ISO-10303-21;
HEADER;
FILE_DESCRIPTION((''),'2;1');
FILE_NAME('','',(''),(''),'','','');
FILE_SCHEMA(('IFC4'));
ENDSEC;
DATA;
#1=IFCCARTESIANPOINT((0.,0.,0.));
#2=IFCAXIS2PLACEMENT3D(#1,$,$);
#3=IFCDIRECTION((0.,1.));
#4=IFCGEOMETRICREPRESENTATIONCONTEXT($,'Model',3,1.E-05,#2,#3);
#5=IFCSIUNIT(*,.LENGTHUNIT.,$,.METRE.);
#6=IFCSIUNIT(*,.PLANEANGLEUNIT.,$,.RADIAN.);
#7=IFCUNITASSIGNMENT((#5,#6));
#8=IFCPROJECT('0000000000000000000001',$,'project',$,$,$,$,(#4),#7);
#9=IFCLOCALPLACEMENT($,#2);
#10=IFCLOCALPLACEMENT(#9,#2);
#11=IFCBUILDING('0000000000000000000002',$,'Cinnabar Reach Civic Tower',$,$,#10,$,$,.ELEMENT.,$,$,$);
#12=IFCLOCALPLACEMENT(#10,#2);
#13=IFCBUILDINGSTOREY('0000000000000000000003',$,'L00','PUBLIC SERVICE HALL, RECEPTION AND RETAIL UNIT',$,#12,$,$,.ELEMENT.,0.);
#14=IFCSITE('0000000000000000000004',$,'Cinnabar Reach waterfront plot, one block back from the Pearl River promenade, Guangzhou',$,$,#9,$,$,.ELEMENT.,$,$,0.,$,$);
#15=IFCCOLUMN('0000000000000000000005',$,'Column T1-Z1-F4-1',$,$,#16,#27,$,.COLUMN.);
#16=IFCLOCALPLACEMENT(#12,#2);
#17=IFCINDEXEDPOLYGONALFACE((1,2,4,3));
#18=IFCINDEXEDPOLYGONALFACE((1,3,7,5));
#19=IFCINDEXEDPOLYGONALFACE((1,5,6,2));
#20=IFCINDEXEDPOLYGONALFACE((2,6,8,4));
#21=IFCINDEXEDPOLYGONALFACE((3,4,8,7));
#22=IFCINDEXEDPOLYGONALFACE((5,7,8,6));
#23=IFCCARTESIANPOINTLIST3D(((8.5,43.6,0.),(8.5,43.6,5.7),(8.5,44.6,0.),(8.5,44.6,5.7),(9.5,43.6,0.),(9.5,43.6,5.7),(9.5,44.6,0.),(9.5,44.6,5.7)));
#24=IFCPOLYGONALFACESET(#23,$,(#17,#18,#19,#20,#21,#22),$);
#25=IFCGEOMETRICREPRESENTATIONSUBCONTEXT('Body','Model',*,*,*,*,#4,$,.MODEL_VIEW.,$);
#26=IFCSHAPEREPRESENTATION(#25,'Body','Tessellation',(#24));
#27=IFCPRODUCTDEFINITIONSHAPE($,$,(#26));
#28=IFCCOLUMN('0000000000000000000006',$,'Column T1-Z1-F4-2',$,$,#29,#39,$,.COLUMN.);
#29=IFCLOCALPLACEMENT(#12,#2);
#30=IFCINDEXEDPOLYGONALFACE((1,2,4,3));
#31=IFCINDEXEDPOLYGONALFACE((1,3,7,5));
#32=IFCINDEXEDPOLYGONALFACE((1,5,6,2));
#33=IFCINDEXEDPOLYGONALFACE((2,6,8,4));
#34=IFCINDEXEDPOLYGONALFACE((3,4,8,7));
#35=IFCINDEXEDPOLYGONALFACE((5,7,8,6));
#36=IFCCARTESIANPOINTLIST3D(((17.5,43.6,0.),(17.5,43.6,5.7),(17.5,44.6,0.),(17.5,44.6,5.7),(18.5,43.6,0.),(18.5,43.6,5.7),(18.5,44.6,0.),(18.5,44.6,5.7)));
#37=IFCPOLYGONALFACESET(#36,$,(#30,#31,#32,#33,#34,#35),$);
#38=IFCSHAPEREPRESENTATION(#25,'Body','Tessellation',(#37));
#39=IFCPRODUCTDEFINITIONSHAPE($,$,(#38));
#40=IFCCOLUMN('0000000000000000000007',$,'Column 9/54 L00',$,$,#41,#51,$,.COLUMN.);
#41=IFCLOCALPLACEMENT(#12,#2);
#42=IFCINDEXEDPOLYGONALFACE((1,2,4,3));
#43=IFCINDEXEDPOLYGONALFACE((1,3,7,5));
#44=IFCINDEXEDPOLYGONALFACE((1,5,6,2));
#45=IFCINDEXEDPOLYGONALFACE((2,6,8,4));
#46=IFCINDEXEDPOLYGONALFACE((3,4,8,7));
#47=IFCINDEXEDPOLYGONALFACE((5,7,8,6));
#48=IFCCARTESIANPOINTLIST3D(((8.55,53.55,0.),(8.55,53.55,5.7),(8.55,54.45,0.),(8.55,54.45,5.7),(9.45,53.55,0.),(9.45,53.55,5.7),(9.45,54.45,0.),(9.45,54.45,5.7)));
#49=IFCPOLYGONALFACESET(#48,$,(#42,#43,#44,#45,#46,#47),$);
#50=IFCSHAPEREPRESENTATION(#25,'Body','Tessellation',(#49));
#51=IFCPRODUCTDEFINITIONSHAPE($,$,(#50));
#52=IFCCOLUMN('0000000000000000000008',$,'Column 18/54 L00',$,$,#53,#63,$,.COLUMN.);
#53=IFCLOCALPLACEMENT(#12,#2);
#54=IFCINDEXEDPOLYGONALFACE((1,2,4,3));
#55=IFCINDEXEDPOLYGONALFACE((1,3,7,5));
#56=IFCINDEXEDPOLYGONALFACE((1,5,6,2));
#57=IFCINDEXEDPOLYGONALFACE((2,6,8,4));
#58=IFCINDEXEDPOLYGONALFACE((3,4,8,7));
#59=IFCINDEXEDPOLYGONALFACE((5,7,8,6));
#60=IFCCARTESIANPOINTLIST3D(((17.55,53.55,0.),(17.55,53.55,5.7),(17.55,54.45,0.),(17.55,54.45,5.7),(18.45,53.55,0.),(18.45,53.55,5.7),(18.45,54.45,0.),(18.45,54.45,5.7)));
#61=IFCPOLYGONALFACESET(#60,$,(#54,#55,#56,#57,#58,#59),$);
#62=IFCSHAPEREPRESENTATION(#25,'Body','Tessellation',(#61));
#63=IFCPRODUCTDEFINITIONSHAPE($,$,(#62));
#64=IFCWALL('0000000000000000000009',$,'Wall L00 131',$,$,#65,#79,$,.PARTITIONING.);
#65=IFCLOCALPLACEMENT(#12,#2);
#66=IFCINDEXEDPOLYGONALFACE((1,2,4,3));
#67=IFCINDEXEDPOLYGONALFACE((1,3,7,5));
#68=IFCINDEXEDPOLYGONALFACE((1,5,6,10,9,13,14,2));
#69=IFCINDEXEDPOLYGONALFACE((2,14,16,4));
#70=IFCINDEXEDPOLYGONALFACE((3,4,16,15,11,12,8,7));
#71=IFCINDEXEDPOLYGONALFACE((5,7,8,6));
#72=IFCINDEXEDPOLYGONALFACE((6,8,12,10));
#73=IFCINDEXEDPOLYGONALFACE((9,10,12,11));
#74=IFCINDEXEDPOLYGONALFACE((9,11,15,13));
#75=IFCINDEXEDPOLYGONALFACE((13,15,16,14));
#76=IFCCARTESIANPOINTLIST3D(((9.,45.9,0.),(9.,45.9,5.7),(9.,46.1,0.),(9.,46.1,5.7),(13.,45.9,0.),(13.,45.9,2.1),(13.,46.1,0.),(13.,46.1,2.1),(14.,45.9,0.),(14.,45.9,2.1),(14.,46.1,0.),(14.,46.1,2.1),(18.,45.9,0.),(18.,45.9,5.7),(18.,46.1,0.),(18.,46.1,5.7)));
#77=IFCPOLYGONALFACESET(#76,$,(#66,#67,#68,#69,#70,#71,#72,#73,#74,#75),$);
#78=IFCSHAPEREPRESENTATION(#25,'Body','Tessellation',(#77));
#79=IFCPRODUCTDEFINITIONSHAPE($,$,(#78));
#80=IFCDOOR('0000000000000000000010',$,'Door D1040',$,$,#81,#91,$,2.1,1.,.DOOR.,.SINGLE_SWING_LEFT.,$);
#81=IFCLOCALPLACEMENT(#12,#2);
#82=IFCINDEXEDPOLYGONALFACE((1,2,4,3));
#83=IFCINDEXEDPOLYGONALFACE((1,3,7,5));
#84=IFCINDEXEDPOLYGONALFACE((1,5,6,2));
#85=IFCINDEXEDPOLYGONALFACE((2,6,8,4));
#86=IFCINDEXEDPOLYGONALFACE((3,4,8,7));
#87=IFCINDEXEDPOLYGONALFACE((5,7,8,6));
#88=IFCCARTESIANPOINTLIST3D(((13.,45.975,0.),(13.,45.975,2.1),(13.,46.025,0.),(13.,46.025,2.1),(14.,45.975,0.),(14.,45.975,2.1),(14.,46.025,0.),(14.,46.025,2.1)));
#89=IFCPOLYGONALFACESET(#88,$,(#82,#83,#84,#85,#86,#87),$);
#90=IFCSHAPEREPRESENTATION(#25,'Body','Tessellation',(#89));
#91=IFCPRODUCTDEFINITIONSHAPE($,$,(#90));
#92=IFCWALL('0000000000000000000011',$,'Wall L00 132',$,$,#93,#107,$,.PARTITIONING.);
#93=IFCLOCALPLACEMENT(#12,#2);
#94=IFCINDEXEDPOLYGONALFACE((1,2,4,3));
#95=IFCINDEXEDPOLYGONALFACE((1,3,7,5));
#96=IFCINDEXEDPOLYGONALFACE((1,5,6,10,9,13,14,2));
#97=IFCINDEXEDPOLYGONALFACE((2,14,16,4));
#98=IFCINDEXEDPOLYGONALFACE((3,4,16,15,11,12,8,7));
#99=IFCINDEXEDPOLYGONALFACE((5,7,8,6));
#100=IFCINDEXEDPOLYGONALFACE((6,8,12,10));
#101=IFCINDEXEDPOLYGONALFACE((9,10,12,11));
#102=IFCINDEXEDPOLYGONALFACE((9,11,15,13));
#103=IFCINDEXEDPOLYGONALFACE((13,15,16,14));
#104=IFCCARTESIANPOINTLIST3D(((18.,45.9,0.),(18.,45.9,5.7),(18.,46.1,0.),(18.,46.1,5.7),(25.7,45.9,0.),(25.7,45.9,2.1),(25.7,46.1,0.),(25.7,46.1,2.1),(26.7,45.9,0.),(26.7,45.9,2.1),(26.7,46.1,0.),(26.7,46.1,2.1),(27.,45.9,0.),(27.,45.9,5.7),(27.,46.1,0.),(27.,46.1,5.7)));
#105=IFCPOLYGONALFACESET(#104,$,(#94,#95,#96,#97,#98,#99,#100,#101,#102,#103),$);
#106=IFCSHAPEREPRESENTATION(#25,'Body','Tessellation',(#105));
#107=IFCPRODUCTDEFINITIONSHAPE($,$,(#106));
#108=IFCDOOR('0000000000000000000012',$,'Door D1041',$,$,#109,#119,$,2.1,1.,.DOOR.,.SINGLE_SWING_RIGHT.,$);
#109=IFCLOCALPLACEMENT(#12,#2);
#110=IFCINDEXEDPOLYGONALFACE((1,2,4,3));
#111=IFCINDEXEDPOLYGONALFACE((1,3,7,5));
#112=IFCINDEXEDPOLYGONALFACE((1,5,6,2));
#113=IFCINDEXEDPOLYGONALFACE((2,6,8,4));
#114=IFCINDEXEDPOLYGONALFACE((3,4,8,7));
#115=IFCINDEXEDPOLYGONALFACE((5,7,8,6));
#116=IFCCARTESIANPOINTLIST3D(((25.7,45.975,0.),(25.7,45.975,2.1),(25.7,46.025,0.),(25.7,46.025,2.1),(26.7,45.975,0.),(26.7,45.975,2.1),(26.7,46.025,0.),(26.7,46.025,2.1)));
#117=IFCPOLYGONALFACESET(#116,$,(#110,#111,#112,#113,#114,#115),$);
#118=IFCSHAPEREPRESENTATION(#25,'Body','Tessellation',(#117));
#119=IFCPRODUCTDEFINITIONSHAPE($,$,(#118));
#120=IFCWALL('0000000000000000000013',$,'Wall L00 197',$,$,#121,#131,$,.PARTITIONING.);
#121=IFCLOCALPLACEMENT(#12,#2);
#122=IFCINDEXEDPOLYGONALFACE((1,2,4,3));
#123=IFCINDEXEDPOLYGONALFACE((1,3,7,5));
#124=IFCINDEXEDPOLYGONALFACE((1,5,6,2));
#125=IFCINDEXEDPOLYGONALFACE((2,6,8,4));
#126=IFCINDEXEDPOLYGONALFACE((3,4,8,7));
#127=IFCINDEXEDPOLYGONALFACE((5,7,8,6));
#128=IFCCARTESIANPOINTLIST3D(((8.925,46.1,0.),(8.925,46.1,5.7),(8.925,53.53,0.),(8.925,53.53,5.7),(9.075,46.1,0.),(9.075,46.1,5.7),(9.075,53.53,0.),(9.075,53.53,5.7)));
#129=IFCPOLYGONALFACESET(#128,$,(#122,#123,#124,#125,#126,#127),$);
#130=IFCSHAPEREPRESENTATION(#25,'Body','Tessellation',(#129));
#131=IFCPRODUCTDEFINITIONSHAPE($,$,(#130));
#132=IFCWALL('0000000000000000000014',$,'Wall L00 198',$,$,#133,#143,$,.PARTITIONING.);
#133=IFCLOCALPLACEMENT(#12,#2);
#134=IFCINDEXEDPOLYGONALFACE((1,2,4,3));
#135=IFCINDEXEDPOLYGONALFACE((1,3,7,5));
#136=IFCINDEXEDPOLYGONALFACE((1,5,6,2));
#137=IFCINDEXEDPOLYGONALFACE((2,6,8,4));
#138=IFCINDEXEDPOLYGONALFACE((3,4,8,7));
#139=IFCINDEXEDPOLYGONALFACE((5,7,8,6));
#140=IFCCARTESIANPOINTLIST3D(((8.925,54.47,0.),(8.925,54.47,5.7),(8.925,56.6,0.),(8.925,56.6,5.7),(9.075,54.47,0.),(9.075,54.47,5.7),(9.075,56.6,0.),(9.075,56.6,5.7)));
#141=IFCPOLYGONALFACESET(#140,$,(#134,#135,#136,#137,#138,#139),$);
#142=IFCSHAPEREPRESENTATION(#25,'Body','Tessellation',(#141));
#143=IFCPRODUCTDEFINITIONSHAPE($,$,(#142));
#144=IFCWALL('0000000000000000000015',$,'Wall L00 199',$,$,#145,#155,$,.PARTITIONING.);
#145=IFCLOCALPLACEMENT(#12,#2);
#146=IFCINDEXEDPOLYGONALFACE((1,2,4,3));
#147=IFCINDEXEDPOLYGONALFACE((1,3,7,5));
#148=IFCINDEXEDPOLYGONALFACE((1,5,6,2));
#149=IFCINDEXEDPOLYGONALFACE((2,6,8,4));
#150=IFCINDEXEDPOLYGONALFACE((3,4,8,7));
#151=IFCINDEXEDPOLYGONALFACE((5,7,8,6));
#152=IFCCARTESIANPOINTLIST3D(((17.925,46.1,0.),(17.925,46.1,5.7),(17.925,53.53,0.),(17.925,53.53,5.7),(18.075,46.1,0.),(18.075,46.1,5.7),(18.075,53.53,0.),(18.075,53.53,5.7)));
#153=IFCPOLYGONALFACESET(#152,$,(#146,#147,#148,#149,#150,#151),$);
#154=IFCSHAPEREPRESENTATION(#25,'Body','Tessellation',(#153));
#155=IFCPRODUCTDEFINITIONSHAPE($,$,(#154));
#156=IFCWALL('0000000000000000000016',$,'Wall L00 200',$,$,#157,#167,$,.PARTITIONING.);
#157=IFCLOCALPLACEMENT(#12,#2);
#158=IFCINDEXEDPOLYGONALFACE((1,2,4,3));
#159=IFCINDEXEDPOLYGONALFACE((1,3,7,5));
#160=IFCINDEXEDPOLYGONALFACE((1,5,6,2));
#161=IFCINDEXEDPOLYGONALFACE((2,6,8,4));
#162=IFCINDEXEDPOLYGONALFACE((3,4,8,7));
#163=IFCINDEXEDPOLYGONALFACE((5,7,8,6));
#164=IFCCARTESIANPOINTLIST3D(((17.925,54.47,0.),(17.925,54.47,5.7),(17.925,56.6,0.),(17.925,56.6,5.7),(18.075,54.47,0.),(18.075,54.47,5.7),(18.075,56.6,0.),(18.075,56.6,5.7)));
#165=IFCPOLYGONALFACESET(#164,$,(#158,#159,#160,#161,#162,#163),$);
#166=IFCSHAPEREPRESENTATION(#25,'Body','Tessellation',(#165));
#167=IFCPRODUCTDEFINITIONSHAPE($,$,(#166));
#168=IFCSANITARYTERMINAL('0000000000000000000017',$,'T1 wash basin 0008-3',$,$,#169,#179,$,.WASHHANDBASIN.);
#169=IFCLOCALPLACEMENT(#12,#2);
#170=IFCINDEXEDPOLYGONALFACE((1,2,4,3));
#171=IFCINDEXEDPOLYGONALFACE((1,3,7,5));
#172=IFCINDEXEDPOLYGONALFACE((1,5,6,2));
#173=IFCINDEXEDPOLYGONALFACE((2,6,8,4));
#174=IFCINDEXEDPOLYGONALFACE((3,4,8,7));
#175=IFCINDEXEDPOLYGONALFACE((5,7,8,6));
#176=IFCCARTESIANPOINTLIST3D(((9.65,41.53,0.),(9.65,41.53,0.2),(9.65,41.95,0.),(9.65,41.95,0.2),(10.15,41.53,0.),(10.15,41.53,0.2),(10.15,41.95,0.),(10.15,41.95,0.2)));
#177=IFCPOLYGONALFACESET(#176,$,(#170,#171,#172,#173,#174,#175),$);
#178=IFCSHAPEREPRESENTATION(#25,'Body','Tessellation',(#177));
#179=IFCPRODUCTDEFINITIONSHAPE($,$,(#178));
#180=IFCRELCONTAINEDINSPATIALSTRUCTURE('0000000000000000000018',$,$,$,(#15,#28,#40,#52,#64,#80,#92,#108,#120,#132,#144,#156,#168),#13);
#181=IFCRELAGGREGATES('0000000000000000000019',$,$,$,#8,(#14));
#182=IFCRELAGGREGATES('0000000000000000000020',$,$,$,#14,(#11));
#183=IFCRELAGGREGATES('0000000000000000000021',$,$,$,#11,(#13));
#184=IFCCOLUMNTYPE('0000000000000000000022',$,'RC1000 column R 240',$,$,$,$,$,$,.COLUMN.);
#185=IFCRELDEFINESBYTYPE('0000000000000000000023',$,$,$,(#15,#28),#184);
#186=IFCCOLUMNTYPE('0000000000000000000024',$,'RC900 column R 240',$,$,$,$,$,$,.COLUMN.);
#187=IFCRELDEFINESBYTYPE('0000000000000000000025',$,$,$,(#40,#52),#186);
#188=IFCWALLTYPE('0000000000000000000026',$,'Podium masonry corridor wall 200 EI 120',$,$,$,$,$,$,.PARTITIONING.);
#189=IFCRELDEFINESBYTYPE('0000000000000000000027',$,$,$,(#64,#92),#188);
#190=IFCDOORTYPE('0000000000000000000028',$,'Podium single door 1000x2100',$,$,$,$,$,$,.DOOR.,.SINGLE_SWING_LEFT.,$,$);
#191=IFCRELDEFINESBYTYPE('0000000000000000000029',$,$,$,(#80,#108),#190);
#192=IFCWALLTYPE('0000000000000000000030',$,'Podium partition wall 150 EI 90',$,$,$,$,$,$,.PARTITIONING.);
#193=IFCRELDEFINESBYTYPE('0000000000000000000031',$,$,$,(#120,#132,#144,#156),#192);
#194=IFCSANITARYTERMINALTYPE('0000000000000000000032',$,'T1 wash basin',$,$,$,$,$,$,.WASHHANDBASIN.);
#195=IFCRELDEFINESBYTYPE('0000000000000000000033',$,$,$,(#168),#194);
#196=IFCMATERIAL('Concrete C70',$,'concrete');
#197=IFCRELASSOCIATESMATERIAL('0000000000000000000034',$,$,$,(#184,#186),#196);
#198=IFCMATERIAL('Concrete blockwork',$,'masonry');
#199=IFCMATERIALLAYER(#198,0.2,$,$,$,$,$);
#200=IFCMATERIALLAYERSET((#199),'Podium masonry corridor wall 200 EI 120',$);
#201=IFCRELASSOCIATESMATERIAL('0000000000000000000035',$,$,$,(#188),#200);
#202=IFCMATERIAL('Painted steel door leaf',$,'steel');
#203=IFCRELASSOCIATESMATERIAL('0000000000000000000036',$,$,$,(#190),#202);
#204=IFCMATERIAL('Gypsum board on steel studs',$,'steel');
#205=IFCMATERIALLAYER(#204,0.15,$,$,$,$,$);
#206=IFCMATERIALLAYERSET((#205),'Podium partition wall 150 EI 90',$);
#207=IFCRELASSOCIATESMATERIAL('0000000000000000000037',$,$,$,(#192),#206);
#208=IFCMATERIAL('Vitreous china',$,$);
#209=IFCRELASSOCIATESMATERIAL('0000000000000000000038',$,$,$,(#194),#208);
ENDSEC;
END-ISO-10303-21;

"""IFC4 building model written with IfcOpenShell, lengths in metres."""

from ifc_helpers import new_model, si_unit, direction, frame, frame_2d, origin, origin_2d, place, context, subcontext, project, spatial, rectangle, extrude, material, layer, layer_set, material_profile, profile_set, type_object, element, fill, save


model = new_model("IFC4")

# Units and contexts
model_context = context("Model", 3, precision=1e-05, world=origin(), true_north=direction((0.0, 1.0)))
body_context = subcontext(model_context, "Body", "Model", "MODEL_VIEW")
ifc_project = project(units=[si_unit("LENGTHUNIT", "METRE"), si_unit("PLANEANGLEUNIT", "RADIAN")], contexts=[model_context])

# Site, building, storey
site_placement = place(None, origin())
site = spatial("IfcSite", under=ifc_project, at=site_placement, Name="Cinnabar Reach waterfront plot, one block back from the Pearl River promenade, Guangzhou", CompositionType="ELEMENT", RefElevation=0.0)
building_placement = place(site_placement, origin())
building = spatial("IfcBuilding", under=site, at=building_placement, Name="Cinnabar Reach Civic Tower", CompositionType="ELEMENT")
storey_placement = place(building_placement, origin())
storey = spatial("IfcBuildingStorey", under=building, at=storey_placement, Name="L00", Description="PUBLIC SERVICE HALL, RECEPTION AND RETAIL UNIT", CompositionType="ELEMENT", Elevation=0.0)

# Columns
ifc_material_1 = material(Name="Concrete C70", Category="concrete")
ifc_material_profile_1 = material_profile(ifc_material_1, rectangle(XDim=1.0, YDim=1.0, at=origin_2d()), Name="RC1000")
ifc_profile_set_1 = profile_set([ifc_material_profile_1], Name="Concrete C70")
column_type_1 = type_object("IfcColumnType", Name="RC1000 column R 240", PredefinedType="COLUMN", material=ifc_profile_set_1)
for number, where, z_axis, x_axis, name in (
    (1, (9.0, 44.1, 0.0), (0.0, 0.0, 1.0), (1.0, 0.0, 0.0), "Column T1-Z1-F4-1"),
    (2, (18.0, 44.1, 0.0), (0.0, 0.0, 1.0), (1.0, 0.0, 0.0), "Column T1-Z1-F4-2"),
):
    element("IfcColumn", number, at=place(storey_placement, frame(where, z_axis=z_axis, x_axis=x_axis)), inside=storey, type_object=column_type_1, Name=name, PredefinedType="COLUMN", context=body_context, shape_type="SweptSolid", body=[
        extrude(rectangle(XDim=1.0, YDim=1.0, at=origin_2d()), origin(), (0.0, 0.0, 1.0), 5.7),
    ])
ifc_material_profile_2 = material_profile(ifc_material_1, rectangle(XDim=0.9, YDim=0.9, at=origin_2d()), Name="RC900")
ifc_profile_set_2 = profile_set([ifc_material_profile_2], Name="Concrete C70")
column_type_2 = type_object("IfcColumnType", Name="RC900 column R 240", PredefinedType="COLUMN", material=ifc_profile_set_2)
for number, where, z_axis, x_axis, name in (
    (3, (9.0, 54.0, 0.0), (0.0, 0.0, 1.0), (1.0, 0.0, 0.0), "Column 9/54 L00"),
    (4, (18.0, 54.0, 0.0), (0.0, 0.0, 1.0), (1.0, 0.0, 0.0), "Column 18/54 L00"),
):
    element("IfcColumn", number, at=place(storey_placement, frame(where, z_axis=z_axis, x_axis=x_axis)), inside=storey, type_object=column_type_2, Name=name, PredefinedType="COLUMN", context=body_context, shape_type="SweptSolid", body=[
        extrude(rectangle(XDim=0.9, YDim=0.9, at=origin_2d()), origin(), (0.0, 0.0, 1.0), 5.7),
    ])

# Walls, openings, doors
ifc_material_2 = material(Name="Concrete blockwork", Category="masonry")
ifc_layer_1 = layer(ifc_material_2, 0.2)
ifc_layer_set_1 = layer_set([ifc_layer_1], Name="Podium masonry corridor wall 200 EI 120")
wall_type_1 = type_object("IfcWallType", Name="Podium masonry corridor wall 200 EI 120", PredefinedType="PARTITIONING", material=ifc_layer_set_1)
wall_1_placement = place(storey_placement, frame((9.0, 46.0, 0.0), z_axis=(0.0, 0.0, 1.0), x_axis=(1.0, 0.0, 0.0)))
wall_1 = element("IfcWall", 5, at=wall_1_placement, inside=storey, type_object=wall_type_1, Name="Wall L00 131", PredefinedType="PARTITIONING", context=body_context, shape_type="SweptSolid", body=[
    extrude(rectangle(XDim=9.0, YDim=0.2, at=frame_2d((4.5, 0.0))), origin(), (0.0, 0.0, 1.0), 5.7),
])
opening_1_placement = place(wall_1_placement, frame((4.0, 0.0, 0.0)))
opening_1 = element("IfcOpeningElement", 6, at=opening_1_placement, cuts=wall_1, PredefinedType="OPENING", context=body_context, shape_type="SweptSolid", body=[
    extrude(rectangle(XDim=1.0, YDim=2.1, at=frame_2d((0.5, 1.05))), frame((0.0, 0.11, 0.0), z_axis=(0.0, -1.0, 0.0), x_axis=(1.0, 0.0, 0.0)), (0.0, 0.0, 1.0), 0.22),
])
ifc_material_3 = material(Name="Painted steel door leaf", Category="steel")
door_type = type_object("IfcDoorType", Name="Podium single door 1000x2100", OperationType="SINGLE_SWING_LEFT", PredefinedType="DOOR", material=ifc_material_3)
door_1_placement = place(opening_1_placement, origin())
door_1 = element("IfcDoor", 7, at=door_1_placement, inside=storey, type_object=door_type, Name="Door D1040", OperationType="SINGLE_SWING_LEFT", OverallHeight=2.1, OverallWidth=1.0, PredefinedType="DOOR", context=body_context, shape_type="SweptSolid", body=[
    extrude(rectangle(XDim=1.0, YDim=2.1, at=frame_2d((0.5, 1.05))), frame((0.0, 0.025, 0.0), z_axis=(0.0, -1.0, 0.0), x_axis=(1.0, 0.0, 0.0)), (0.0, 0.0, 1.0), 0.05),
])
fill(opening_1, door_1)
wall_2_placement = place(storey_placement, frame((18.0, 46.0, 0.0), z_axis=(0.0, 0.0, 1.0), x_axis=(1.0, 0.0, 0.0)))
wall_2 = element("IfcWall", 8, at=wall_2_placement, inside=storey, type_object=wall_type_1, Name="Wall L00 132", PredefinedType="PARTITIONING", context=body_context, shape_type="SweptSolid", body=[
    extrude(rectangle(XDim=9.0, YDim=0.2, at=frame_2d((4.5, 0.0))), origin(), (0.0, 0.0, 1.0), 5.7),
])
opening_2_placement = place(wall_2_placement, frame((7.7, 0.0, 0.0)))
opening_2 = element("IfcOpeningElement", 9, at=opening_2_placement, cuts=wall_2, PredefinedType="OPENING", context=body_context, shape_type="SweptSolid", body=[
    extrude(rectangle(XDim=1.0, YDim=2.1, at=frame_2d((0.5, 1.05))), frame((0.0, 0.11, 0.0), z_axis=(0.0, -1.0, 0.0), x_axis=(1.0, 0.0, 0.0)), (0.0, 0.0, 1.0), 0.22),
])
door_2_placement = place(opening_2_placement, origin())
door_2 = element("IfcDoor", 10, at=door_2_placement, inside=storey, type_object=door_type, Name="Door D1041", OperationType="SINGLE_SWING_RIGHT", OverallHeight=2.1, OverallWidth=1.0, PredefinedType="DOOR", context=body_context, shape_type="SweptSolid", body=[
    extrude(rectangle(XDim=1.0, YDim=2.1, at=frame_2d((0.5, 1.05))), frame((0.0, 0.025, 0.0), z_axis=(0.0, -1.0, 0.0), x_axis=(1.0, 0.0, 0.0)), (0.0, 0.0, 1.0), 0.05),
])
fill(opening_2, door_2)

# Walls
ifc_material_4 = material(Name="Gypsum board on steel studs", Category="steel")
ifc_layer_2 = layer(ifc_material_4, 0.15)
ifc_layer_set_2 = layer_set([ifc_layer_2], Name="Podium partition wall 150 EI 90")
wall_type_2 = type_object("IfcWallType", Name="Podium partition wall 150 EI 90", PredefinedType="PARTITIONING", material=ifc_layer_set_2)
wall_3_placement = place(storey_placement, frame((9.0, 46.1, 0.0), z_axis=(0.0, 0.0, 1.0), x_axis=(0.0, 1.0, 0.0)))
element("IfcWall", 11, at=wall_3_placement, inside=storey, type_object=wall_type_2, Name="Wall L00 197", PredefinedType="PARTITIONING", context=body_context, shape_type="SweptSolid", body=[
    extrude(rectangle(XDim=7.43, YDim=0.15, at=frame_2d((3.715, 0.0))), origin(), (0.0, 0.0, 1.0), 5.7),
])
wall_4_placement = place(storey_placement, frame((9.0, 54.47, 0.0), z_axis=(0.0, 0.0, 1.0), x_axis=(0.0, 1.0, 0.0)))
element("IfcWall", 12, at=wall_4_placement, inside=storey, type_object=wall_type_2, Name="Wall L00 198", PredefinedType="PARTITIONING", context=body_context, shape_type="SweptSolid", body=[
    extrude(rectangle(XDim=2.13, YDim=0.15, at=frame_2d((1.065, 0.0))), origin(), (0.0, 0.0, 1.0), 5.7),
])
wall_5_placement = place(storey_placement, frame((18.0, 46.1, 0.0), z_axis=(0.0, 0.0, 1.0), x_axis=(0.0, 1.0, 0.0)))
element("IfcWall", 13, at=wall_5_placement, inside=storey, type_object=wall_type_2, Name="Wall L00 199", PredefinedType="PARTITIONING", context=body_context, shape_type="SweptSolid", body=[
    extrude(rectangle(XDim=7.43, YDim=0.15, at=frame_2d((3.715, 0.0))), origin(), (0.0, 0.0, 1.0), 5.7),
])
wall_6_placement = place(storey_placement, frame((18.0, 54.47, 0.0), z_axis=(0.0, 0.0, 1.0), x_axis=(0.0, 1.0, 0.0)))
element("IfcWall", 14, at=wall_6_placement, inside=storey, type_object=wall_type_2, Name="Wall L00 200", PredefinedType="PARTITIONING", context=body_context, shape_type="SweptSolid", body=[
    extrude(rectangle(XDim=2.13, YDim=0.15, at=frame_2d((1.065, 0.0))), origin(), (0.0, 0.0, 1.0), 5.7),
])

# Sanitary terminal
ifc_material_5 = material(Name="Vitreous china")
sanitary_terminal_type = type_object("IfcSanitaryTerminalType", Name="T1 wash basin", PredefinedType="WASHHANDBASIN", material=ifc_material_5)
for number, where, z_axis, x_axis, name in (
    (15, (9.9, 41.74, 0.0), (0.0, 0.0, 1.0), (1.0, 0.0, 0.0), "T1 wash basin 0008-3"),
):
    element("IfcSanitaryTerminal", number, at=place(storey_placement, frame(where, z_axis=z_axis, x_axis=x_axis)), inside=storey, type_object=sanitary_terminal_type, Name=name, PredefinedType="WASHHANDBASIN", context=body_context, shape_type="SweptSolid", body=[
        extrude(rectangle(XDim=0.5, YDim=0.42, at=origin_2d()), origin(), (0.0, 0.0, 1.0), 0.2),
    ])

save(model, "model.ifc")
